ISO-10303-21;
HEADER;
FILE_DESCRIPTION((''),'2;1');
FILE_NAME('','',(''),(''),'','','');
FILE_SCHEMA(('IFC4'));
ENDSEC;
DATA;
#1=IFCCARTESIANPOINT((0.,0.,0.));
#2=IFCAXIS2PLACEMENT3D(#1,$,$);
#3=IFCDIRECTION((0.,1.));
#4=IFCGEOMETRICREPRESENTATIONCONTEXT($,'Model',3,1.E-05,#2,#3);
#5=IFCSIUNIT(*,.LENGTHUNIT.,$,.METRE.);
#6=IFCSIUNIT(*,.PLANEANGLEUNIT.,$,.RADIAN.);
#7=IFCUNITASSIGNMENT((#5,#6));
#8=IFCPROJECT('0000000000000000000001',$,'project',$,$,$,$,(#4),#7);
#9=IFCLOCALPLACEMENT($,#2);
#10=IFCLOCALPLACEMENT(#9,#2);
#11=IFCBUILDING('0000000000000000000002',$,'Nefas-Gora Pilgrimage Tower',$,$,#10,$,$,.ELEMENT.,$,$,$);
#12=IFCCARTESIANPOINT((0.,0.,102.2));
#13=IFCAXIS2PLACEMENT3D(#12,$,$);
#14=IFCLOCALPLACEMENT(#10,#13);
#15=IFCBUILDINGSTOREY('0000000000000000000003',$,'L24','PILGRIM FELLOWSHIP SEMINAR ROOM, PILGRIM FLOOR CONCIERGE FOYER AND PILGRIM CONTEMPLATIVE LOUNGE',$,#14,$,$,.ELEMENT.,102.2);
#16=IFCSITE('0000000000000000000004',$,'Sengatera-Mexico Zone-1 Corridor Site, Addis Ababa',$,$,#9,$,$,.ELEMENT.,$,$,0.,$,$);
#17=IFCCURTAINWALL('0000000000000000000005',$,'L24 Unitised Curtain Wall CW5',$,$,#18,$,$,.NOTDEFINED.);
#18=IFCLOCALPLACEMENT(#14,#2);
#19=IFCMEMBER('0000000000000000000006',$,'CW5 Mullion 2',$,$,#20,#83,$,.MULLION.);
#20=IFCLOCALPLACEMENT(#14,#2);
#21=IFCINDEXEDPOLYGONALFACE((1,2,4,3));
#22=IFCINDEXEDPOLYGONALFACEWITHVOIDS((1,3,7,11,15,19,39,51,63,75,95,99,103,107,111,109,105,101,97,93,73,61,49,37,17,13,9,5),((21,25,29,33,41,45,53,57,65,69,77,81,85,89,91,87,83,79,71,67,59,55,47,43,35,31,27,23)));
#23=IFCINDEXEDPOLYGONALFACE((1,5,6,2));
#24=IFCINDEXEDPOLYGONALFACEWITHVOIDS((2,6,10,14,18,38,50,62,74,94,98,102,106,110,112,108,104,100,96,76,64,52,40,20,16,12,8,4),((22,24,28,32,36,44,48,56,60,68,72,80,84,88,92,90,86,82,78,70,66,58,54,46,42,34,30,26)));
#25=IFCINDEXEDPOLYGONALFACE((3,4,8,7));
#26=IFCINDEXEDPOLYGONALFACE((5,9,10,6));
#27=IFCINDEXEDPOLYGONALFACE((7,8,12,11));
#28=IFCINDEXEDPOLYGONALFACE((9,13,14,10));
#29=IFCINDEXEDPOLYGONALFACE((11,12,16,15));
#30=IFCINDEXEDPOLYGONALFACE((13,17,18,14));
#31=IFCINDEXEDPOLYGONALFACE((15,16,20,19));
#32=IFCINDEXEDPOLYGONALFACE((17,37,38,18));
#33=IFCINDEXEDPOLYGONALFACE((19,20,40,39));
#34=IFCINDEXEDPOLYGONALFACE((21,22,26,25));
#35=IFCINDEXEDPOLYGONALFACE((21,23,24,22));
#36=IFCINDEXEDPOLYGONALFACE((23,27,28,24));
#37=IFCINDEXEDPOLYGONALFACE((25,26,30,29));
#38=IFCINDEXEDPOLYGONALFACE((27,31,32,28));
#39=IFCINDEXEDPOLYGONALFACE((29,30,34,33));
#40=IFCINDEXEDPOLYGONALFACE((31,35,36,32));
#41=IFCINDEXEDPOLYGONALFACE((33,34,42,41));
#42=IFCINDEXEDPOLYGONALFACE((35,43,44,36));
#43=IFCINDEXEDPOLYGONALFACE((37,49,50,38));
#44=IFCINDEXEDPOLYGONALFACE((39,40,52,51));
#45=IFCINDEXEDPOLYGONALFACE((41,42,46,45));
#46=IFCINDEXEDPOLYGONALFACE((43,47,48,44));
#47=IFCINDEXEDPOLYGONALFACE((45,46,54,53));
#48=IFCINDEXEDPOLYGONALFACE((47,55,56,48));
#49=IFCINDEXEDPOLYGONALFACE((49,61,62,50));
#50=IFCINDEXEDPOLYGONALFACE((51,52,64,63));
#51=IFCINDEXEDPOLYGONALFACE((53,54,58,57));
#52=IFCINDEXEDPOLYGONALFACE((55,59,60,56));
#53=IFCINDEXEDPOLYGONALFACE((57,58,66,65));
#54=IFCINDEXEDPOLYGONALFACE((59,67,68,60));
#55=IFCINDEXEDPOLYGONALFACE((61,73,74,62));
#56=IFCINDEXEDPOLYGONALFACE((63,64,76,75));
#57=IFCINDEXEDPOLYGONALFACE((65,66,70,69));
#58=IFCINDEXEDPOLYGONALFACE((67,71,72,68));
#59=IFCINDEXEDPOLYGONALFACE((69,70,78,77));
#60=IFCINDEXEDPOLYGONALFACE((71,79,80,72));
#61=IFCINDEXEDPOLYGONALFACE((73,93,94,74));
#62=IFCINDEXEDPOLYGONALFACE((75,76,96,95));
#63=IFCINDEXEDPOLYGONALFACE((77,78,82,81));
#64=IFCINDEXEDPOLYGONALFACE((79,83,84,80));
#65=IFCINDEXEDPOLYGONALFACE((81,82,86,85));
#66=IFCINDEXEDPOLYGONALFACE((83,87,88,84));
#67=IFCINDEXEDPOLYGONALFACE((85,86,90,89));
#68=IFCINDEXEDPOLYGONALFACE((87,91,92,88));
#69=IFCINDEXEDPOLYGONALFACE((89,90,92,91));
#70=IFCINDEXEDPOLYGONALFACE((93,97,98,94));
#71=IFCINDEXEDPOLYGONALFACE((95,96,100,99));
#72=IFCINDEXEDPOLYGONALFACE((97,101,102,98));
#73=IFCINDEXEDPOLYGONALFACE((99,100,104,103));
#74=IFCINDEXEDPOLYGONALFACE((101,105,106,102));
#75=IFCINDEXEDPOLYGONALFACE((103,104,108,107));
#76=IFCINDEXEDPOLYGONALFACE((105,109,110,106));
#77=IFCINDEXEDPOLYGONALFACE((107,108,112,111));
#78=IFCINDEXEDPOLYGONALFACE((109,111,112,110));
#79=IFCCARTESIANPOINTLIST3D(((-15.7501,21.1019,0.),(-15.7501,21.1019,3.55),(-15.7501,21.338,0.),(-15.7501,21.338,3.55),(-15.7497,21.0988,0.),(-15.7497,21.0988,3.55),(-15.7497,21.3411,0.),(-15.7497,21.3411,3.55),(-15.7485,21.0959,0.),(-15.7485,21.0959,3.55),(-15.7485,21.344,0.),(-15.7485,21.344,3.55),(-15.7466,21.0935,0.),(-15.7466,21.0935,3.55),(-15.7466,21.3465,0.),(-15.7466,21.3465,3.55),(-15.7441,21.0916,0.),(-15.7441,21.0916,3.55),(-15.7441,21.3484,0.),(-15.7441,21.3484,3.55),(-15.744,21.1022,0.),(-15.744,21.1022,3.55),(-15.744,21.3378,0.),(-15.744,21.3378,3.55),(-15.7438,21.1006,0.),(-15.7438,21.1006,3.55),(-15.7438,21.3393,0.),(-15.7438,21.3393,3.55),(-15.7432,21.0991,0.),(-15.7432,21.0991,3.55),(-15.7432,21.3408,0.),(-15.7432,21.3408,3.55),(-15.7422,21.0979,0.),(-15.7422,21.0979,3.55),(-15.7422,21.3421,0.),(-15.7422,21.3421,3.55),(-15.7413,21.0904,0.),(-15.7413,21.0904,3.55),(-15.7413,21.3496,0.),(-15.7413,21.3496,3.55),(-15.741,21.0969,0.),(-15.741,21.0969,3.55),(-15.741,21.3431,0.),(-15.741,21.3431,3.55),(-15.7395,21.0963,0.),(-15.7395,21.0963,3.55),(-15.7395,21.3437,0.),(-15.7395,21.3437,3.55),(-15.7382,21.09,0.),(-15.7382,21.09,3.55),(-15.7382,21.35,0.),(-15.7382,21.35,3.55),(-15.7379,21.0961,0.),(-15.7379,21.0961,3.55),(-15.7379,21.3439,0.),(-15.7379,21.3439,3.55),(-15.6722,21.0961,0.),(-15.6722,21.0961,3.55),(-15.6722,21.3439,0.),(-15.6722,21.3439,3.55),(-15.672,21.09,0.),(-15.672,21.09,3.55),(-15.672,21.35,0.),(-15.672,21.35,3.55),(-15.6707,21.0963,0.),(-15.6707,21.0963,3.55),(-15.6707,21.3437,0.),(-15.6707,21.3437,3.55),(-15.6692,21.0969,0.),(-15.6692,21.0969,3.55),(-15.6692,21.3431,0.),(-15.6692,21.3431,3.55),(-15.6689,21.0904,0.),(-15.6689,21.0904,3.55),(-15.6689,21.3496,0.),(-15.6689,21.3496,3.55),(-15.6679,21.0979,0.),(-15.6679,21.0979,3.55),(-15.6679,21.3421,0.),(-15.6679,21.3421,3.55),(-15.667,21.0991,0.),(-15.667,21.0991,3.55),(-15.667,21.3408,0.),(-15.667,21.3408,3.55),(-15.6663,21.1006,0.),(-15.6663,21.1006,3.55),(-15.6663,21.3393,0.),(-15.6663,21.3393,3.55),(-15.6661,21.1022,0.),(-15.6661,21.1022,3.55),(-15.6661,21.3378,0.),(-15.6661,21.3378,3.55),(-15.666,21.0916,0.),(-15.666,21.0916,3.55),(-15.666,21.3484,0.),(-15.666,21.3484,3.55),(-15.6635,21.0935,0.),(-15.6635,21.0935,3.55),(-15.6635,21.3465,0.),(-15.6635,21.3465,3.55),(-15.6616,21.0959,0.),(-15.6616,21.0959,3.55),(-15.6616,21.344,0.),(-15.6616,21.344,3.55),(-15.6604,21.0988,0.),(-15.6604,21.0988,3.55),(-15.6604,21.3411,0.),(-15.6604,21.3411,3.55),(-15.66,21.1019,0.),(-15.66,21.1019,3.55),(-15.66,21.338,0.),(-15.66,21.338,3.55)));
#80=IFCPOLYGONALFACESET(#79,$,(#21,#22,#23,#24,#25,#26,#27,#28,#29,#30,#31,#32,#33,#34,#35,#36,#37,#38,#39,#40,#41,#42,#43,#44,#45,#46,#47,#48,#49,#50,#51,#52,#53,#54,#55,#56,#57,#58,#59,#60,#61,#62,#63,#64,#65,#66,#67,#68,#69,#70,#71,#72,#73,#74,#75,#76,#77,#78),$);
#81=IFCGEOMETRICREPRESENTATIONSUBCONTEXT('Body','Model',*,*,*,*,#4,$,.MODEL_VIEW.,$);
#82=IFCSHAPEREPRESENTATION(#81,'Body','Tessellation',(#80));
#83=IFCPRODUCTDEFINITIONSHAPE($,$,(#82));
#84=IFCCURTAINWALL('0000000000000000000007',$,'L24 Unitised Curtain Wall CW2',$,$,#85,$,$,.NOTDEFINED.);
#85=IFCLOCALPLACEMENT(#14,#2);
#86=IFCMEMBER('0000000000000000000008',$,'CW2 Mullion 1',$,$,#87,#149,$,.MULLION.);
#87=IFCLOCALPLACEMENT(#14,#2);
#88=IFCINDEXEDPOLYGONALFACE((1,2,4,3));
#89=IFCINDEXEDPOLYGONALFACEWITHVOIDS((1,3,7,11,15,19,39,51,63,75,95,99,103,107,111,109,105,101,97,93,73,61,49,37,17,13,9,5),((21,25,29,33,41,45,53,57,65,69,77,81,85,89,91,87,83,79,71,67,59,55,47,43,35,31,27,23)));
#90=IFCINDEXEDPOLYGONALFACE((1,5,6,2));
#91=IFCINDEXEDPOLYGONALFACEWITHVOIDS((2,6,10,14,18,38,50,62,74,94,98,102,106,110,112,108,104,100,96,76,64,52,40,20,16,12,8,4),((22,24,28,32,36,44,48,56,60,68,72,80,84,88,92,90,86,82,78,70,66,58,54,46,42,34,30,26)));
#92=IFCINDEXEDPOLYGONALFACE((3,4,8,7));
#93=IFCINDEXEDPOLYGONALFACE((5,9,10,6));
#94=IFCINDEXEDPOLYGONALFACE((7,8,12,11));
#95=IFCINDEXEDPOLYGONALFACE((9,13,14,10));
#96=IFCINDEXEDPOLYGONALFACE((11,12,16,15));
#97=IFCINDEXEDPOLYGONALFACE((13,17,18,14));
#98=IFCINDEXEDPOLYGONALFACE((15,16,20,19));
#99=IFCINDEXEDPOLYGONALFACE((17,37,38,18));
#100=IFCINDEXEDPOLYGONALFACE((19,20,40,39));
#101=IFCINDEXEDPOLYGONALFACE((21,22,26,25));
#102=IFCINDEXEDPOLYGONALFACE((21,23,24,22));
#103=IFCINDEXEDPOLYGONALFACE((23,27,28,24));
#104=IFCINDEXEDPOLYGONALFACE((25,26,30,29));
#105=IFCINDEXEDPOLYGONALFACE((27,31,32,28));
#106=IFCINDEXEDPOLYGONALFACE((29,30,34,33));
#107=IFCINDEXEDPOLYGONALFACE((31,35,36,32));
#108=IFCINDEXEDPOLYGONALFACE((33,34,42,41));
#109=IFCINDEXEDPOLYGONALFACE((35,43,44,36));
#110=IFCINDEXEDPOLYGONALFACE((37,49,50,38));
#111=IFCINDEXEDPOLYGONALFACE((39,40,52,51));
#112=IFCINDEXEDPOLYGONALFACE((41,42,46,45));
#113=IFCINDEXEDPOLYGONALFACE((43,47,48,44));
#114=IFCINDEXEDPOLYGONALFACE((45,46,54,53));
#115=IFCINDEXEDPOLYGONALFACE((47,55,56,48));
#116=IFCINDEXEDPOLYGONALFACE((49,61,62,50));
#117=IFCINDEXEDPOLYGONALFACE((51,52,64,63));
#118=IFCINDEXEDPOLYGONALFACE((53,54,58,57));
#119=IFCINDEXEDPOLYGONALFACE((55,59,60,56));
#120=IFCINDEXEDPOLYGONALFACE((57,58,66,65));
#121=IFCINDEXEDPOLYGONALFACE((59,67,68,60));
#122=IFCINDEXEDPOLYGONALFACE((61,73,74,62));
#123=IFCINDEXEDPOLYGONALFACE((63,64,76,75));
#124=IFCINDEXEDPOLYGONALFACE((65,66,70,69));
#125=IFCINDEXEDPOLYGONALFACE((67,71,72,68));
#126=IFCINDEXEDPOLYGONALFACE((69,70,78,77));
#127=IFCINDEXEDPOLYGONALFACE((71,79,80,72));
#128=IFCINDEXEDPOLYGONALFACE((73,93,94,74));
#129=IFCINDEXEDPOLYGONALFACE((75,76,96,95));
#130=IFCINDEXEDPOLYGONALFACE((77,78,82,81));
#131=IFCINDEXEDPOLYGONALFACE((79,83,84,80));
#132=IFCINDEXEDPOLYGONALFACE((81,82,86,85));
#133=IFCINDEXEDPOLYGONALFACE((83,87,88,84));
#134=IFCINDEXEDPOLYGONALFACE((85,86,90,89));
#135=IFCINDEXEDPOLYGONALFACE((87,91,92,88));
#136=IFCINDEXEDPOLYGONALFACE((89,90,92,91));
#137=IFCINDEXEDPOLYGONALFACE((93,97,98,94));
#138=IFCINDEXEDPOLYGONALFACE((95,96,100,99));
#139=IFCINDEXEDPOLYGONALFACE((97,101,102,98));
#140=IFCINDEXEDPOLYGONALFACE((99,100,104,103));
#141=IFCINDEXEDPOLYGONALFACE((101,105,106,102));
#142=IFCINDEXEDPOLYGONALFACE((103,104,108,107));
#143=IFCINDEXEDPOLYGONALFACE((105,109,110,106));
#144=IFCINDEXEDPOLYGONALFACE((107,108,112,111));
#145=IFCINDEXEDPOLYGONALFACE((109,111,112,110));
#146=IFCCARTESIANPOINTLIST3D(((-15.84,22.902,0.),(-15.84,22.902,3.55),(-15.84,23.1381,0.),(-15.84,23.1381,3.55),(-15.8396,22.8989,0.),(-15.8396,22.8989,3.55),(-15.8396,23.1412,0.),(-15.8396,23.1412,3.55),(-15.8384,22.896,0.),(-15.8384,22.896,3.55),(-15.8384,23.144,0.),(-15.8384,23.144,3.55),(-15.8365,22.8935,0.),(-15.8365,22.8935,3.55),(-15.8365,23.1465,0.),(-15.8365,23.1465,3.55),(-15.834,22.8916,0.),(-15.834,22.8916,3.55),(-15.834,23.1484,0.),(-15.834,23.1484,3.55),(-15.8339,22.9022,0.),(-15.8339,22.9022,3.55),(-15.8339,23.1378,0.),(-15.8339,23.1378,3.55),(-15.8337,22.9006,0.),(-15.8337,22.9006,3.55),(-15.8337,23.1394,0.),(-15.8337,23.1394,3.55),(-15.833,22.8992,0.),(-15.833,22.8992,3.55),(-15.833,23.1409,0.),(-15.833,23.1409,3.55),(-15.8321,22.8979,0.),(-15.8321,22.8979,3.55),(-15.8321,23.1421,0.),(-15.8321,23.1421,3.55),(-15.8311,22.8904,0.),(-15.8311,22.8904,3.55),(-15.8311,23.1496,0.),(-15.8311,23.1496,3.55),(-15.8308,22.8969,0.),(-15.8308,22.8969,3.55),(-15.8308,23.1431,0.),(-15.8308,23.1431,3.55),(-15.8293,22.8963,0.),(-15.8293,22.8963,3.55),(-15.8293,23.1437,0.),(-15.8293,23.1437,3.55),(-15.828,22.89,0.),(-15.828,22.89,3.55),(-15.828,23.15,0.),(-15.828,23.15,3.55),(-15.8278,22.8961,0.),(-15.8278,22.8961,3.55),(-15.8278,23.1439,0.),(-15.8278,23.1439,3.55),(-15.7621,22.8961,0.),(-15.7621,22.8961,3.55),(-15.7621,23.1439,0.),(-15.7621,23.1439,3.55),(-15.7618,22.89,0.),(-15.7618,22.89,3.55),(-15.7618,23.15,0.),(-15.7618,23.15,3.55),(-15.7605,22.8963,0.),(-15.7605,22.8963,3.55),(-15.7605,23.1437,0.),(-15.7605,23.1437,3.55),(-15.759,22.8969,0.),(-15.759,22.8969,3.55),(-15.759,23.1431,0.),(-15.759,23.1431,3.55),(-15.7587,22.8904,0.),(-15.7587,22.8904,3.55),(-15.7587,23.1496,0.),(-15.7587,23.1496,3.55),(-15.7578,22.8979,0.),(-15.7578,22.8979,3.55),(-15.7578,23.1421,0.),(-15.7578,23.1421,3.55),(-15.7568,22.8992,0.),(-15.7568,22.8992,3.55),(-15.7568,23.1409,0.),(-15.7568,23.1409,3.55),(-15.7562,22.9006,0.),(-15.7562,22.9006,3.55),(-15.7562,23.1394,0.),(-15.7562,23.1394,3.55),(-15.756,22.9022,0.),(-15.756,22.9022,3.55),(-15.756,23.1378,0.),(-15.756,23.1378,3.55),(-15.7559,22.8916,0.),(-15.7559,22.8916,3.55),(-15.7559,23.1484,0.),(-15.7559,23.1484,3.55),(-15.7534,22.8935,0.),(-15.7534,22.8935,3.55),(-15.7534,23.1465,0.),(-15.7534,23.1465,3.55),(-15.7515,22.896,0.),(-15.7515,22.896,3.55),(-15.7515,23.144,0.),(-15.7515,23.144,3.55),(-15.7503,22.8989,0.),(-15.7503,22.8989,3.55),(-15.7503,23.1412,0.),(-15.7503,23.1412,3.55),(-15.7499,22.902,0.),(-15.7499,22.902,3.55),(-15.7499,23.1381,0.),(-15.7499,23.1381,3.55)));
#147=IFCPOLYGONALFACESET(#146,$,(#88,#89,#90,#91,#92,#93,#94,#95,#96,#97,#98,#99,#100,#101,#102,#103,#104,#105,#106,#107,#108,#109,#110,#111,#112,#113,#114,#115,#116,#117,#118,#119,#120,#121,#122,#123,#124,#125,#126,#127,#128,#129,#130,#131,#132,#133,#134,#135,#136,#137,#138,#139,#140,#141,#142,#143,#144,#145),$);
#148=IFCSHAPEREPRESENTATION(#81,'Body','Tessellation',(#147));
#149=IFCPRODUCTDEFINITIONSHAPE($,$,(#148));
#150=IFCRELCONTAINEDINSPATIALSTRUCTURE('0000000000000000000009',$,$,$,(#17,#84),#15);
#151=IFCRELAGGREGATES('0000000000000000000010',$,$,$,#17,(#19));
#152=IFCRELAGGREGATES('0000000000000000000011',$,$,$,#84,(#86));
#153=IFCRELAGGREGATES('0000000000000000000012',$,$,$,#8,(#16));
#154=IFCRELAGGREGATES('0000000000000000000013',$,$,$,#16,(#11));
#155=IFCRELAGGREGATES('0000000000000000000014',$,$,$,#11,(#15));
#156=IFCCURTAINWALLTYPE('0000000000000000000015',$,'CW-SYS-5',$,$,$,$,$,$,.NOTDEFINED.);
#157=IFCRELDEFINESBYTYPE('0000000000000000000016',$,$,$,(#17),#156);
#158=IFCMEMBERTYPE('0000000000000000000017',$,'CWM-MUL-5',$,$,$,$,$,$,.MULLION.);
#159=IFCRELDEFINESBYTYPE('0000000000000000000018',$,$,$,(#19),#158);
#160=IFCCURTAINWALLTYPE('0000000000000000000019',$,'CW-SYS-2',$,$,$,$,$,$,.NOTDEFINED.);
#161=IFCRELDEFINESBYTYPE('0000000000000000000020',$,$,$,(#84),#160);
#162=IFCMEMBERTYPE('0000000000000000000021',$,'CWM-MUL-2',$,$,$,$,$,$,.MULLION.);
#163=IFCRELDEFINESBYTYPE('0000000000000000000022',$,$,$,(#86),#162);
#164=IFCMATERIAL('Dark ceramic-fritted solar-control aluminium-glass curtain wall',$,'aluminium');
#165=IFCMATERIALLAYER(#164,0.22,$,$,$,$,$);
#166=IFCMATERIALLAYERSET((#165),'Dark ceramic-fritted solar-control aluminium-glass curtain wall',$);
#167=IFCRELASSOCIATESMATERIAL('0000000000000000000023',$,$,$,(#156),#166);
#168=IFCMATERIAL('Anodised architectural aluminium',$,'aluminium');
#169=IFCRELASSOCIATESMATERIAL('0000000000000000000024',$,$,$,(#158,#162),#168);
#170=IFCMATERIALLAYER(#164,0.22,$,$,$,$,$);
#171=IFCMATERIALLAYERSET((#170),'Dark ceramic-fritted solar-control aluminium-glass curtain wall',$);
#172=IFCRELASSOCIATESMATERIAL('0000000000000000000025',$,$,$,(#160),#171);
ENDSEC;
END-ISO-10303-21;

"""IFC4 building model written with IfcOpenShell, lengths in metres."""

from ifc_helpers import new_model, si_unit, direction, frame, origin, origin_2d, place, context, subcontext, project, spatial, hollow_rectangle, extrude, source, transform, mapped, material, layer, layer_set, material_profile, profile_set, type_object, element, aggregate, save


model = new_model("IFC4")

# Units and contexts
model_context = context("Model", 3, precision=1e-05, world=origin(), true_north=direction((0.0, 1.0)))
body_context = subcontext(model_context, "Body", "Model", "MODEL_VIEW")
ifc_project = project(units=[si_unit("LENGTHUNIT", "METRE"), si_unit("PLANEANGLEUNIT", "RADIAN")], contexts=[model_context])

# Site, building, storey
site_placement = place(None, origin())
site = spatial("IfcSite", under=ifc_project, at=site_placement, Name="Sengatera-Mexico Zone-1 Corridor Site, Addis Ababa", CompositionType="ELEMENT", RefElevation=0.0)
building_placement = place(site_placement, origin())
building = spatial("IfcBuilding", under=site, at=building_placement, Name="Nefas-Gora Pilgrimage Tower", CompositionType="ELEMENT")
storey_placement = place(building_placement, frame((0.0, 0.0, 102.2)))
storey = spatial("IfcBuildingStorey", under=building, at=storey_placement, Name="L24", Description="PILGRIM FELLOWSHIP SEMINAR ROOM, PILGRIM FLOOR CONCIERGE FOYER AND PILGRIM CONTEMPLATIVE LOUNGE", CompositionType="ELEMENT", Elevation=102.2)

# Curtain wall, member
ifc_material_1 = material(Name="Dark ceramic-fritted solar-control aluminium-glass curtain wall", Category="aluminium")
ifc_layer_1 = layer(ifc_material_1, 0.22)
ifc_layer_set_1 = layer_set([ifc_layer_1], Name="Dark ceramic-fritted solar-control aluminium-glass curtain wall")
curtain_wall_type_1 = type_object("IfcCurtainWallType", Name="CW-SYS-5", PredefinedType="NOTDEFINED", material=ifc_layer_set_1)
curtain_wall_1_placement = place(storey_placement, origin())
curtain_wall_1 = element("IfcCurtainWall", 1, at=curtain_wall_1_placement, inside=storey, type_object=curtain_wall_type_1, Name="L24 Unitised Curtain Wall CW5", PredefinedType="NOTDEFINED")
ifc_material_2 = material(Name="Anodised architectural aluminium", Category="aluminium")
ifc_material_profile_1 = material_profile(ifc_material_2, hollow_rectangle(XDim=0.0901, YDim=0.26, WallThickness=0.0061, InnerFilletRadius=0.0061, OuterFilletRadius=0.012, at=origin_2d()), Name="ALU MULLION 90x260")
ifc_profile_set_1 = profile_set([ifc_material_profile_1], Name="Anodised architectural aluminium")
member_type_1 = type_object("IfcMemberType", Name="CWM-MUL-5", PredefinedType="MULLION", material=ifc_profile_set_1)
shared_shape_1 = source(origin(), body_context, "Body", "SweptSolid", [
    extrude(hollow_rectangle(XDim=0.0901, YDim=0.26, WallThickness=0.0061, InnerFilletRadius=0.0061, OuterFilletRadius=0.012, at=origin_2d()), origin(), (0.0, 0.0, 1.0), 3.55),
])
member_1_placement = place(storey_placement, frame((-15.7051, 21.22, 0.0), z_axis=(0.0, 0.0, 1.0), x_axis=(-1.0, 0.0, 0.0)))
member_1 = element("IfcMember", 2, at=member_1_placement, type_object=member_type_1, Name="CW5 Mullion 2", PredefinedType="MULLION", context=body_context, shape_type="MappedRepresentation", body=[
    mapped(shared_shape_1, transform((0.0, 0.0, 0.0), x_axis=(1.0, 0.0, 0.0), y_axis=(0.0, 1.0, 0.0), z_axis=(0.0, 0.0, 1.0), scale=1.0)),
])

# Curtain wall, member
ifc_layer_2 = layer(ifc_material_1, 0.22)
ifc_layer_set_2 = layer_set([ifc_layer_2], Name="Dark ceramic-fritted solar-control aluminium-glass curtain wall")
curtain_wall_type_2 = type_object("IfcCurtainWallType", Name="CW-SYS-2", PredefinedType="NOTDEFINED", material=ifc_layer_set_2)
curtain_wall_2_placement = place(storey_placement, origin())
curtain_wall_2 = element("IfcCurtainWall", 3, at=curtain_wall_2_placement, inside=storey, type_object=curtain_wall_type_2, Name="L24 Unitised Curtain Wall CW2", PredefinedType="NOTDEFINED")
ifc_material_profile_2 = material_profile(ifc_material_2, hollow_rectangle(XDim=0.0901, YDim=0.26, WallThickness=0.0061, InnerFilletRadius=0.0061, OuterFilletRadius=0.012, at=origin_2d()), Name="ALU MULLION 90x260")
ifc_profile_set_2 = profile_set([ifc_material_profile_2], Name="Anodised architectural aluminium")
member_type_2 = type_object("IfcMemberType", Name="CWM-MUL-2", PredefinedType="MULLION", material=ifc_profile_set_2)
shared_shape_2 = source(origin(), body_context, "Body", "SweptSolid", [
    extrude(hollow_rectangle(XDim=0.0901, YDim=0.26, WallThickness=0.0061, InnerFilletRadius=0.0061, OuterFilletRadius=0.012, at=origin_2d()), origin(), (0.0, 0.0, 1.0), 3.55),
])
member_2_placement = place(storey_placement, frame((-15.7949, 23.02, 0.0), z_axis=(0.0, 0.0, 1.0), x_axis=(-1.0, 0.0, 0.0)))
member_2 = element("IfcMember", 4, at=member_2_placement, type_object=member_type_2, Name="CW2 Mullion 1", PredefinedType="MULLION", context=body_context, shape_type="MappedRepresentation", body=[
    mapped(shared_shape_2, transform((0.0, 0.0, 0.0), x_axis=(1.0, 0.0, 0.0), y_axis=(0.0, 1.0, 0.0), z_axis=(0.0, 0.0, 1.0), scale=1.0)),
])

aggregate(curtain_wall_1, [member_1])
aggregate(curtain_wall_2, [member_2])

save(model, "model.ifc")
